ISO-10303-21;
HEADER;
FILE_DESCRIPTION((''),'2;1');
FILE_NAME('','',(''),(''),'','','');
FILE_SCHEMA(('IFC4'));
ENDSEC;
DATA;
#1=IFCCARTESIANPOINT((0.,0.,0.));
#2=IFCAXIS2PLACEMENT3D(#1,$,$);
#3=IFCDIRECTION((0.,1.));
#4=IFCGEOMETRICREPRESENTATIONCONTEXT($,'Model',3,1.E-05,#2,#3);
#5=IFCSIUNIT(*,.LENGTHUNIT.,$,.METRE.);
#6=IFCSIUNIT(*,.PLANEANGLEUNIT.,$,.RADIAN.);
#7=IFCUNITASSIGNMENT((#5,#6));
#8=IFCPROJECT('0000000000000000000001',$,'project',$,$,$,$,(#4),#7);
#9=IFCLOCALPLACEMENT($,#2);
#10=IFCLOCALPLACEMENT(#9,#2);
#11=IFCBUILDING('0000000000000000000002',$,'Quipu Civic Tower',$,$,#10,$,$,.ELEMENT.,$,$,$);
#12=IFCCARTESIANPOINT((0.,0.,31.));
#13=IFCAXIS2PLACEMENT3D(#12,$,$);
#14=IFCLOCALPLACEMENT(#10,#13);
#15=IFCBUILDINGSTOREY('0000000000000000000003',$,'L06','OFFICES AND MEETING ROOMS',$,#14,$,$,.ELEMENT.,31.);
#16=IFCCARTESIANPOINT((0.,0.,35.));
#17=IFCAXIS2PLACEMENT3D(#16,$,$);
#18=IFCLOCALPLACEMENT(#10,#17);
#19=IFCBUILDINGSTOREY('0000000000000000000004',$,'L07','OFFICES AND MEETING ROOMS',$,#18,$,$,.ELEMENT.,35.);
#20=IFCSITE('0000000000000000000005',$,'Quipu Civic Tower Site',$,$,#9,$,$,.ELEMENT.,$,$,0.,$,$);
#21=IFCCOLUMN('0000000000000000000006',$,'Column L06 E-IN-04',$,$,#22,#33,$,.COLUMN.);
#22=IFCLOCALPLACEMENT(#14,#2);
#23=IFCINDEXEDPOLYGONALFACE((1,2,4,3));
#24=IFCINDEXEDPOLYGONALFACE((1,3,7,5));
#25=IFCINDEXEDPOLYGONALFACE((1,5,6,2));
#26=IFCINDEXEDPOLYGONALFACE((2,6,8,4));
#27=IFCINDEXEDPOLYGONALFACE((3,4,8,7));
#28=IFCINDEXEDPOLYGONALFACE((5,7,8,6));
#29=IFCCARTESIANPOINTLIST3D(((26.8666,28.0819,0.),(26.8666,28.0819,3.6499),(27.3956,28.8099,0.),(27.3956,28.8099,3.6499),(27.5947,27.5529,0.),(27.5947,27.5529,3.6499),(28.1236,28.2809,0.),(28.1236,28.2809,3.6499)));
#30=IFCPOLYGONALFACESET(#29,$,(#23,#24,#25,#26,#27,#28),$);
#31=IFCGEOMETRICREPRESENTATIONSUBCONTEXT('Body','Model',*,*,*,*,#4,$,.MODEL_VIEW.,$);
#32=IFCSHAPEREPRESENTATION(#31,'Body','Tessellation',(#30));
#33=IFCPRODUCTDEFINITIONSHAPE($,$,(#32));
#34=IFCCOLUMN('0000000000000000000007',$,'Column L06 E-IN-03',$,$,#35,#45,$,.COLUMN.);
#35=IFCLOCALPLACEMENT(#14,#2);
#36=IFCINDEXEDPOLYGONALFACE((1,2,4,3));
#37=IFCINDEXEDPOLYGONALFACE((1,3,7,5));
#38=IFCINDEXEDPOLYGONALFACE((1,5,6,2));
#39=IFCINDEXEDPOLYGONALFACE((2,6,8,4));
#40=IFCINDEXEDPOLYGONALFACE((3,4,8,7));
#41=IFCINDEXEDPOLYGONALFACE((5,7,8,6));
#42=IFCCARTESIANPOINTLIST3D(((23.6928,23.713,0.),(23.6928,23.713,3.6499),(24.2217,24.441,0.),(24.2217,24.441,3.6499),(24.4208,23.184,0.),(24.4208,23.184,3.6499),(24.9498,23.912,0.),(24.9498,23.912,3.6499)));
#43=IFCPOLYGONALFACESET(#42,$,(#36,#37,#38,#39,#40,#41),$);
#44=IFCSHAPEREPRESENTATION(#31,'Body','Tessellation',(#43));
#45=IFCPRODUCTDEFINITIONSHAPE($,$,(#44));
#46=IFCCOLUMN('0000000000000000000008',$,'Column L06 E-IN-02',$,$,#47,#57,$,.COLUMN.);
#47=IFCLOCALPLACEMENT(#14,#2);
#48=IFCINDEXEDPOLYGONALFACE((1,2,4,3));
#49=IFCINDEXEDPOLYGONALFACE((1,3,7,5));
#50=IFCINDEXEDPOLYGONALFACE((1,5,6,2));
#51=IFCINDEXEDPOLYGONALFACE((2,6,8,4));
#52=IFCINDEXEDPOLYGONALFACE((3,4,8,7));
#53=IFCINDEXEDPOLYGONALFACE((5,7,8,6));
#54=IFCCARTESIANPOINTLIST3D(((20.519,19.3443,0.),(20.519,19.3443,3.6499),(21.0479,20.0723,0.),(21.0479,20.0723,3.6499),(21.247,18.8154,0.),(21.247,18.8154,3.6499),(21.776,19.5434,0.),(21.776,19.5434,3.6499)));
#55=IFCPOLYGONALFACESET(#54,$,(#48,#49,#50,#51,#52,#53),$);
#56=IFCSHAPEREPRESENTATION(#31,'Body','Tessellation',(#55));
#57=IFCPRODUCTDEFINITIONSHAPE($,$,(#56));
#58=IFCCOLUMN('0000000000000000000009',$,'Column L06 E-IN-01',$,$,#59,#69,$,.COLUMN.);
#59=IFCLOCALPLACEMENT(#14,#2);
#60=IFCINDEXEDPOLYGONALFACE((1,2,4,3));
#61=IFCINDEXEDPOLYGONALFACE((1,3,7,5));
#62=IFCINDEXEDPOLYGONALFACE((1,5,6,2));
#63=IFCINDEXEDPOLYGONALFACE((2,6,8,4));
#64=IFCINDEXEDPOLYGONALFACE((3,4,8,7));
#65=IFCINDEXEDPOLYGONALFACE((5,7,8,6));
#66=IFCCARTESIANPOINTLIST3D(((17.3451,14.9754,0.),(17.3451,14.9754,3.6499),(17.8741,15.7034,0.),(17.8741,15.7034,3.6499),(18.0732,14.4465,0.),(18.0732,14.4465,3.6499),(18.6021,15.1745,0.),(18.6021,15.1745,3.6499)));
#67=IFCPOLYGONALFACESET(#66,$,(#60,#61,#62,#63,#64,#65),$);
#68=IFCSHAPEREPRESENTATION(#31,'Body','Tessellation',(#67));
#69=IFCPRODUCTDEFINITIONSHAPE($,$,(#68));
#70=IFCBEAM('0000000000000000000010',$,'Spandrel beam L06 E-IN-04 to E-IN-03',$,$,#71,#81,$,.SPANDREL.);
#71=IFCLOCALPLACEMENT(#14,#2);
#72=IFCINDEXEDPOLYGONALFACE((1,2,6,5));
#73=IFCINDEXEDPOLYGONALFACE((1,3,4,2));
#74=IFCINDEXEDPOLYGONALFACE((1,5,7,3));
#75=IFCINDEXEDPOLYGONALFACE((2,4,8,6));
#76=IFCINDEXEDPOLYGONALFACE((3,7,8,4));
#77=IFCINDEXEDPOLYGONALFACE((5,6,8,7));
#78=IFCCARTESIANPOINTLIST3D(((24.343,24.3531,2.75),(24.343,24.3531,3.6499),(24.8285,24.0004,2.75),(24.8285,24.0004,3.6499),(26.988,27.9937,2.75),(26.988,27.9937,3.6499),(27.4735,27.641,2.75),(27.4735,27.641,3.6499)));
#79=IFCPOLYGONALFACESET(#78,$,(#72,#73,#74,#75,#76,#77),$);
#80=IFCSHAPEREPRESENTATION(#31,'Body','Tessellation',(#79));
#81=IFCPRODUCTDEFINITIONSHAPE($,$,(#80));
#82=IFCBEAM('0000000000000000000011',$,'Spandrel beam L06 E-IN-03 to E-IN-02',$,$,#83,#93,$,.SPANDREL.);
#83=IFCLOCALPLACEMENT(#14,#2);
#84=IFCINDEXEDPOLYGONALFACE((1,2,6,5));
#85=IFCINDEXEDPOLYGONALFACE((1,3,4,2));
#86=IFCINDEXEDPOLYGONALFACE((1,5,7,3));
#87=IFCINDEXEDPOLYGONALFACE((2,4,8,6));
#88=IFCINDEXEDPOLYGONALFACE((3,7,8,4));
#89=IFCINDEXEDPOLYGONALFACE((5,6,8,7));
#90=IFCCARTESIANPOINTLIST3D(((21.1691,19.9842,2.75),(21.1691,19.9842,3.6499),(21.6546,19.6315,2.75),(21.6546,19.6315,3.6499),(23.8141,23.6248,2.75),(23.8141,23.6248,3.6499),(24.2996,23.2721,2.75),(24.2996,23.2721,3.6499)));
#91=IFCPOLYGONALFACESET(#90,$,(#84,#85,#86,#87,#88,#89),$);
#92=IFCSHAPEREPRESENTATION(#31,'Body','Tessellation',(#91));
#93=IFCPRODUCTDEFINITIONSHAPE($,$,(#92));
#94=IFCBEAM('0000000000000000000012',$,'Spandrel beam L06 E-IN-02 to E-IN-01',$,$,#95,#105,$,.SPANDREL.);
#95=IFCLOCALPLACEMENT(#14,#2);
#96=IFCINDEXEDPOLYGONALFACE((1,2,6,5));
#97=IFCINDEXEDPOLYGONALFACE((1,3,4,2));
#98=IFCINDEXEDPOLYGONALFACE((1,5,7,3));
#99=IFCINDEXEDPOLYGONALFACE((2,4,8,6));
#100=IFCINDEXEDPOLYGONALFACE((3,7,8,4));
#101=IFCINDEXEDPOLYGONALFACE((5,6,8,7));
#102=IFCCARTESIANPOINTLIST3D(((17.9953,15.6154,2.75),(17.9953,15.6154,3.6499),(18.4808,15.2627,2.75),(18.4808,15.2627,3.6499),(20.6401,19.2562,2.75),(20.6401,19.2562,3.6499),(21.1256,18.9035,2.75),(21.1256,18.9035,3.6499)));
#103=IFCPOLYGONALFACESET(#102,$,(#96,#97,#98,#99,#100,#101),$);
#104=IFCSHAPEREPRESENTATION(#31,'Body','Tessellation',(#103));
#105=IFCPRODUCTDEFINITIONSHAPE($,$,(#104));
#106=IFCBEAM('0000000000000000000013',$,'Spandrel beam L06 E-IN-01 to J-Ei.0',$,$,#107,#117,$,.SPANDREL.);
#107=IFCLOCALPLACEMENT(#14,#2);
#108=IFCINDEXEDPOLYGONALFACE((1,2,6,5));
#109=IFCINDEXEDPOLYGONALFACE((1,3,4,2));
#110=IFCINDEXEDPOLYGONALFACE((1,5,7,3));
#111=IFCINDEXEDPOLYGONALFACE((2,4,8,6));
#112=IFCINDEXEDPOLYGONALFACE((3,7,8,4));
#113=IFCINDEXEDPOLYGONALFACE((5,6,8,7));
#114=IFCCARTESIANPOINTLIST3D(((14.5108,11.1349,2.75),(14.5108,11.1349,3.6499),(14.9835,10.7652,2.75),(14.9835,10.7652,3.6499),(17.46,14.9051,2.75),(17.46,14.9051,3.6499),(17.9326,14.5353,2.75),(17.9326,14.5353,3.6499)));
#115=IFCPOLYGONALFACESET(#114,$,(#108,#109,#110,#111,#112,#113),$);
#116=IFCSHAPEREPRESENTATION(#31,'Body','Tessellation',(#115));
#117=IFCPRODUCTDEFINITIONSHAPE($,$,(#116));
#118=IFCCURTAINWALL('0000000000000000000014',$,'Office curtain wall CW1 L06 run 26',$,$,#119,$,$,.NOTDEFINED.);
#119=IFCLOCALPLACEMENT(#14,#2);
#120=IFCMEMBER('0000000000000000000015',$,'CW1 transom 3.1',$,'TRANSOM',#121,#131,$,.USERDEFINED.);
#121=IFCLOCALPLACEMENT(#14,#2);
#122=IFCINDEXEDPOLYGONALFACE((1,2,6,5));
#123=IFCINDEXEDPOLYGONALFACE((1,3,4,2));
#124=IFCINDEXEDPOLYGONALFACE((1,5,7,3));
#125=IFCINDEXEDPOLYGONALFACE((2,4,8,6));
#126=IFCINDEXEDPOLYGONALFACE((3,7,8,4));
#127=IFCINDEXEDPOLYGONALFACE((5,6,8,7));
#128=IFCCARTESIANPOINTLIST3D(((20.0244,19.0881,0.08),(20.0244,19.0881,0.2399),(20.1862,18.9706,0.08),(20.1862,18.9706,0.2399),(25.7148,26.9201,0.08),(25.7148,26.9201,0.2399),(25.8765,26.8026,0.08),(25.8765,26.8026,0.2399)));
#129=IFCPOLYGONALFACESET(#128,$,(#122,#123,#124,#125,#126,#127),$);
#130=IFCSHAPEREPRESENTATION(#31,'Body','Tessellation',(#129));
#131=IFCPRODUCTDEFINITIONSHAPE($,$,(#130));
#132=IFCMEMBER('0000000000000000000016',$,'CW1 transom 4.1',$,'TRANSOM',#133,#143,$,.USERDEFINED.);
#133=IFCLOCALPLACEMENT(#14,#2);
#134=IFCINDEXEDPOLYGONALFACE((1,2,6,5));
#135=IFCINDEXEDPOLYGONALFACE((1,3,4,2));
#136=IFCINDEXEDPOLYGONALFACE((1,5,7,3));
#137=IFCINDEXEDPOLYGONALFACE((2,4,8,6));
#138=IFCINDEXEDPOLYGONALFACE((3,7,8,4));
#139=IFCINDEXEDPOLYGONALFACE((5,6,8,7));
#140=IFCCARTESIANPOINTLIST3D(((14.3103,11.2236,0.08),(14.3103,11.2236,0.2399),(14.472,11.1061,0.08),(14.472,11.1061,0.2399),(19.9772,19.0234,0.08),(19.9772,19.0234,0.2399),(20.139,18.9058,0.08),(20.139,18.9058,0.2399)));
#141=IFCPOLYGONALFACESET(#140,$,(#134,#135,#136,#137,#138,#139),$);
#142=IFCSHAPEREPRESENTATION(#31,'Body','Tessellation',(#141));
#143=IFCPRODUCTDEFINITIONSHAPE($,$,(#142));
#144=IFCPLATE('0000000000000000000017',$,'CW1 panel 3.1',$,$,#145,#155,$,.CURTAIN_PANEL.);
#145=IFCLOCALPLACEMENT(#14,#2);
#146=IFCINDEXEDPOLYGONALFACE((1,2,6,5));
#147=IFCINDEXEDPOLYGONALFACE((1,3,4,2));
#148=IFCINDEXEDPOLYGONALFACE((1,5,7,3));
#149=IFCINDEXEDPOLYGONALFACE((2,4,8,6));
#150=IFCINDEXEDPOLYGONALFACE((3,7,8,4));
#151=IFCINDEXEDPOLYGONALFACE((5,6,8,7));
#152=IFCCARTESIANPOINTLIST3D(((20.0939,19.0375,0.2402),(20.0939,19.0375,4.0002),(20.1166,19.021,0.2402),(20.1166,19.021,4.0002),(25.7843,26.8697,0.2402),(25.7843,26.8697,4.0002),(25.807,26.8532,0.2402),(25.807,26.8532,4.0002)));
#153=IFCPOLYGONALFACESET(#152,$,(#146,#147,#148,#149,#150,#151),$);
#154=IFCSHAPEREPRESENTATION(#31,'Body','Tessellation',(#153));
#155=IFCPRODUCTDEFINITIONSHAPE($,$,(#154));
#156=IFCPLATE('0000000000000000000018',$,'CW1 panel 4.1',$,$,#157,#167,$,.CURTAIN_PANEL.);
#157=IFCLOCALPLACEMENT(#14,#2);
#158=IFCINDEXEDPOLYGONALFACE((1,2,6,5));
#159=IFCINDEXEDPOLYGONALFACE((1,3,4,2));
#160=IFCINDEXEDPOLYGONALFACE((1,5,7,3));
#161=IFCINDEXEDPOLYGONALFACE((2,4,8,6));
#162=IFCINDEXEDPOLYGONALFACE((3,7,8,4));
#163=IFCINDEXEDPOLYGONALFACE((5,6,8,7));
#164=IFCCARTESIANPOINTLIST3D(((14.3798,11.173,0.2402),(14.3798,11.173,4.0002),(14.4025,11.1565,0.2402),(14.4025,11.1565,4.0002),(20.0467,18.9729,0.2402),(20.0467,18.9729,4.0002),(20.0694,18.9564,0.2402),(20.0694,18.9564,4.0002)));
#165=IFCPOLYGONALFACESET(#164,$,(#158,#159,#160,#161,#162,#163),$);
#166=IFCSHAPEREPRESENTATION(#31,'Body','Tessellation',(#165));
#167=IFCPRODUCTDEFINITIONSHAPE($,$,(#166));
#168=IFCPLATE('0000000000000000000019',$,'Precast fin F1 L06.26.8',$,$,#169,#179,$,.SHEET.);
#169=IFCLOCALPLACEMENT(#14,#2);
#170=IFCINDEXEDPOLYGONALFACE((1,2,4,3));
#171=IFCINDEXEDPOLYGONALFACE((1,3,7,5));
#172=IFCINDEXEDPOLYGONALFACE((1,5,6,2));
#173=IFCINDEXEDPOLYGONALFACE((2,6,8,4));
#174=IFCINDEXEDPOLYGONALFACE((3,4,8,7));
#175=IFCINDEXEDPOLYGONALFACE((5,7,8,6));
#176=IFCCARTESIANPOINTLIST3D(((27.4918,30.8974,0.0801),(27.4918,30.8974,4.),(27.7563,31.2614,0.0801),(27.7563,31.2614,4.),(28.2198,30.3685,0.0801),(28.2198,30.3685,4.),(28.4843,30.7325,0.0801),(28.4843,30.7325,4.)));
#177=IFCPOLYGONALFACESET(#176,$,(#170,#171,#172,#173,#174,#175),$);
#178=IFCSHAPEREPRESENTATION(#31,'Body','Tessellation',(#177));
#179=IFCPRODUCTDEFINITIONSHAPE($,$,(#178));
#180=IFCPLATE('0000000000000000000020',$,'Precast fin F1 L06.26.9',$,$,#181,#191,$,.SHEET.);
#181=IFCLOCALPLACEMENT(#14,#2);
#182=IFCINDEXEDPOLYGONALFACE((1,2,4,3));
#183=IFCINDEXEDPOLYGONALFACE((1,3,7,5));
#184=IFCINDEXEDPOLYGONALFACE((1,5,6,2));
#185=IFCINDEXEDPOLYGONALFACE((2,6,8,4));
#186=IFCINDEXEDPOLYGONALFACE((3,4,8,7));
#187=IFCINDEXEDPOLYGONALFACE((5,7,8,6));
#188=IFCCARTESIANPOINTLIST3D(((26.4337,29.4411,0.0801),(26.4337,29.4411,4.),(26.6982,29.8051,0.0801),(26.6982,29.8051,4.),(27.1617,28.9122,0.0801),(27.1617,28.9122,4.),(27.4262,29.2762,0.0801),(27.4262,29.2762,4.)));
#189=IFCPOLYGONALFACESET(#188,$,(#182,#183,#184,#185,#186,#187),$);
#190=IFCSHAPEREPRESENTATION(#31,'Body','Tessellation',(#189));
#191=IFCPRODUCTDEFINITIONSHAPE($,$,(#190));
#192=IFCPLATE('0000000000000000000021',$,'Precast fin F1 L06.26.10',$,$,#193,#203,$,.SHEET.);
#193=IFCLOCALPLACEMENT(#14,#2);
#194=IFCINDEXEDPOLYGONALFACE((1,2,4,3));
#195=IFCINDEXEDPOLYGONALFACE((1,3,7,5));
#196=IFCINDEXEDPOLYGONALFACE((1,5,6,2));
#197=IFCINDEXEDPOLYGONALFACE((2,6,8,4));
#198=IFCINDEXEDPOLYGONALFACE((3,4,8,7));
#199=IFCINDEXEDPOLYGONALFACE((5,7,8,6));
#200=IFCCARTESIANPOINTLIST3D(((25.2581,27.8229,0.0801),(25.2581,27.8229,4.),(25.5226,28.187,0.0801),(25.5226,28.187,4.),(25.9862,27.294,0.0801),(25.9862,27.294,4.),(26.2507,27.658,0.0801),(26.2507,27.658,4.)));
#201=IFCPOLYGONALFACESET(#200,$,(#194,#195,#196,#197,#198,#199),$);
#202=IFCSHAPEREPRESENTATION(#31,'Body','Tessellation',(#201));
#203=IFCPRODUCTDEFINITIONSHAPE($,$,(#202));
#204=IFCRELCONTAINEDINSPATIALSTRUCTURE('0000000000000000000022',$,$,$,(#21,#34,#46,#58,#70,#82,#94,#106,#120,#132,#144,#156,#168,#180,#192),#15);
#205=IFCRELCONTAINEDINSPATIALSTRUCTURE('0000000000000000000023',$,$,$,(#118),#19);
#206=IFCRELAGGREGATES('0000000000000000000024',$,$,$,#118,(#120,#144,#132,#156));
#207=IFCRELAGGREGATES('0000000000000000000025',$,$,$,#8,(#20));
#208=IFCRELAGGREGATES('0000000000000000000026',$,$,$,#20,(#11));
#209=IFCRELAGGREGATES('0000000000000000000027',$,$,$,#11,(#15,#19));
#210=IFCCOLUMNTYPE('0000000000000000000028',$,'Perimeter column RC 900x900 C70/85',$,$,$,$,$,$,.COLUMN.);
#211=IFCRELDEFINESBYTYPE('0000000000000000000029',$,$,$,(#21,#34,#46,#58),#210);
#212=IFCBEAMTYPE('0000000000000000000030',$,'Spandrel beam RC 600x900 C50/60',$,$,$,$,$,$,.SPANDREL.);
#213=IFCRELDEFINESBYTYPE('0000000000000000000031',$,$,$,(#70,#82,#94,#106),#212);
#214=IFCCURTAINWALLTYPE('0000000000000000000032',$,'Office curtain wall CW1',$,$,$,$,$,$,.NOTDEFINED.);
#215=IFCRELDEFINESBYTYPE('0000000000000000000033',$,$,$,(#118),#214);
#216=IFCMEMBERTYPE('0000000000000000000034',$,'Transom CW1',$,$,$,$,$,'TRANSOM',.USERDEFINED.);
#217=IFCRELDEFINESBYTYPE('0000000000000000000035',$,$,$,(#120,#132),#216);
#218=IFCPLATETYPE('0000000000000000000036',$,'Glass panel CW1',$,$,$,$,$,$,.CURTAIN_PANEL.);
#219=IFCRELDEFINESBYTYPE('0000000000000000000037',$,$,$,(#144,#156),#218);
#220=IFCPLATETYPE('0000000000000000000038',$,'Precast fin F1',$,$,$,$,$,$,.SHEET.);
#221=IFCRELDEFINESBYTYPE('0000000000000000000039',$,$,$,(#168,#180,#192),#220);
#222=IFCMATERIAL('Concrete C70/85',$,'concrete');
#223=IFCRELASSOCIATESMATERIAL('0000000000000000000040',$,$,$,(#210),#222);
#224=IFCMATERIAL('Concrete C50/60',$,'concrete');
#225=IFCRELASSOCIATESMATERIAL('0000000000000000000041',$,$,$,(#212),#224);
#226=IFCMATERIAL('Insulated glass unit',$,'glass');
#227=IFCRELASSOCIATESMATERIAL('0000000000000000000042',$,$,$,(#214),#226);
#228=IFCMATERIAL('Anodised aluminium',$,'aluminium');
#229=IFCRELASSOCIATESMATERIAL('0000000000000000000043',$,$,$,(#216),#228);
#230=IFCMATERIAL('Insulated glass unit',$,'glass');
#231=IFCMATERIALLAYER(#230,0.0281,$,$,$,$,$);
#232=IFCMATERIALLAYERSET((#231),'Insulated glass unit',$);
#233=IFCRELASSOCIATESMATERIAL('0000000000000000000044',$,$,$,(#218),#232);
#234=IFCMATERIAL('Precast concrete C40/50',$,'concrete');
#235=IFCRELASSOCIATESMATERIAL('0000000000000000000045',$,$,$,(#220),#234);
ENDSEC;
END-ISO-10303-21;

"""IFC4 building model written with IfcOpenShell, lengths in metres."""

from ifc_helpers import new_model, si_unit, direction, frame, origin, origin_2d, place, context, subcontext, project, spatial, rectangle, extrude, material, layer, layer_set, material_profile, profile_set, type_object, element, aggregate, save


model = new_model("IFC4")

# Units and contexts
model_context = context("Model", 3, precision=1e-05, world=origin(), true_north=direction((0.0, 1.0)))
body_context = subcontext(model_context, "Body", "Model", "MODEL_VIEW")
ifc_project = project(units=[si_unit("LENGTHUNIT", "METRE"), si_unit("PLANEANGLEUNIT", "RADIAN")], contexts=[model_context])

# Site, building, storey
site_placement = place(None, origin())
site = spatial("IfcSite", under=ifc_project, at=site_placement, Name="Quipu Civic Tower Site", CompositionType="ELEMENT", RefElevation=0.0)
building_placement = place(site_placement, origin())
building = spatial("IfcBuilding", under=site, at=building_placement, Name="Quipu Civic Tower", CompositionType="ELEMENT")
storey_1_placement = place(building_placement, frame((0.0, 0.0, 31.0)))
storey_1 = spatial("IfcBuildingStorey", under=building, at=storey_1_placement, Name="L06", Description="OFFICES AND MEETING ROOMS", CompositionType="ELEMENT", Elevation=31.0)

# Columns
ifc_material_1 = material(Name="Concrete C70/85", Category="concrete")
ifc_material_profile_1 = material_profile(ifc_material_1, rectangle(XDim=0.8999, YDim=0.8999, at=origin_2d()), Name="RC900x900")
ifc_profile_set_1 = profile_set([ifc_material_profile_1], Name="Concrete C70/85")
column_type = type_object("IfcColumnType", Name="Perimeter column RC 900x900 C70/85", PredefinedType="COLUMN", material=ifc_profile_set_1)
for number, where, z_axis, x_axis, name in (
    (1, (27.4951, 28.1814, 0.0), (0.0, 0.0, 1.0), (-0.587785, -0.809017, 0.0), "Column L06 E-IN-04"),
    (2, (24.3213, 23.8125, 0.0), (0.0, 0.0, 1.0), (-0.587785, -0.809017, 0.0), "Column L06 E-IN-03"),
    (3, (21.1475, 19.4438, 0.0), (0.0, 0.0, 1.0), (-0.587785, -0.809017, 0.0), "Column L06 E-IN-02"),
    (4, (17.9736, 15.075, 0.0), (0.0, 0.0, 1.0), (-0.587785, -0.809017, 0.0), "Column L06 E-IN-01"),
):
    element("IfcColumn", number, at=place(storey_1_placement, frame(where, z_axis=z_axis, x_axis=x_axis)), inside=storey_1, type_object=column_type, Name=name, PredefinedType="COLUMN", context=body_context, shape_type="SweptSolid", body=[
        extrude(rectangle(XDim=0.8999, YDim=0.8999, at=origin_2d()), origin(), (0.0, 0.0, 1.0), 3.6499),
    ])

# Beams
ifc_material_2 = material(Name="Concrete C50/60", Category="concrete")
ifc_material_profile_2 = material_profile(ifc_material_2, rectangle(XDim=0.6001, YDim=0.8999, at=origin_2d()), Name="RC600x900")
ifc_profile_set_2 = profile_set([ifc_material_profile_2], Name="Concrete C50/60")
beam_type = type_object("IfcBeamType", Name="Spandrel beam RC 600x900 C50/60", PredefinedType="SPANDREL", material=ifc_profile_set_2)
for number, where, z_axis, x_axis, name in (
    (5, (27.2307, 27.8174, 3.2), (-0.587778, -0.809022, 0.0), (0.809022, -0.587778, 0.0), "Spandrel beam L06 E-IN-04 to E-IN-03"),
    (6, (24.0569, 23.4485, 3.2), (-0.587778, -0.809022, 0.0), (0.809022, -0.587778, 0.0), "Spandrel beam L06 E-IN-03 to E-IN-02"),
    (7, (20.8828, 19.0798, 3.2), (-0.587717, -0.809067, 0.0), (0.809067, -0.587717, 0.0), "Spandrel beam L06 E-IN-02 to E-IN-01"),
):
    element("IfcBeam", number, at=place(storey_1_placement, frame(where, z_axis=z_axis, x_axis=x_axis)), inside=storey_1, type_object=beam_type, Name=name, PredefinedType="SPANDREL", context=body_context, shape_type="SweptSolid", body=[
        extrude(rectangle(XDim=0.6001, YDim=0.8999, at=origin_2d()), origin(), (0.0, 0.0, 1.0), 4.5),
    ])
beam_placement = place(storey_1_placement, frame((17.6963, 14.7202, 3.2), z_axis=(-0.616124, -0.787649, 0.0), x_axis=(0.787649, -0.616124, 0.0)))
element("IfcBeam", 8, at=beam_placement, inside=storey_1, type_object=beam_type, Name="Spandrel beam L06 E-IN-01 to J-Ei.0", PredefinedType="SPANDREL", context=body_context, shape_type="SweptSolid", body=[
    extrude(rectangle(XDim=0.6001, YDim=0.8999, at=origin_2d()), origin(), (0.0, 0.0, 1.0), 4.7866),
])

# Shared definitions
storey_2_placement = place(building_placement, frame((0.0, 0.0, 35.0)))
storey_2 = spatial("IfcBuildingStorey", under=building, at=storey_2_placement, Name="L07", Description="OFFICES AND MEETING ROOMS", CompositionType="ELEMENT", Elevation=35.0)

# Curtain wall, members, plates
ifc_material_3 = material(Name="Insulated glass unit", Category="glass")
curtain_wall_type = type_object("IfcCurtainWallType", Name="Office curtain wall CW1", PredefinedType="NOTDEFINED", material=ifc_material_3)
curtain_wall_placement = place(storey_2_placement, origin())
curtain_wall = element("IfcCurtainWall", 9, at=curtain_wall_placement, inside=storey_2, type_object=curtain_wall_type, Name="Office curtain wall CW1 L06 run 26", PredefinedType="NOTDEFINED")
ifc_material_4 = material(Name="Anodised aluminium", Category="aluminium")
ifc_material_profile_3 = material_profile(ifc_material_4, rectangle(XDim=0.2, YDim=0.1599, at=origin_2d()), Name="RECT 200x160")
ifc_profile_set_3 = profile_set([ifc_material_profile_3], Name="Anodised aluminium")
member_type = type_object("IfcMemberType", Name="Transom CW1", ElementType="TRANSOM", PredefinedType="USERDEFINED", material=ifc_profile_set_3)
member_1_placement = place(storey_1_placement, frame((25.7957, 26.8613, 0.1599), z_axis=(-0.587794, -0.809011, 0.0), x_axis=(0.809011, -0.587794, 0.0)))
member_1 = element("IfcMember", 10, at=member_1_placement, inside=storey_1, type_object=member_type, Name="CW1 transom 3.1", ObjectType="TRANSOM", PredefinedType="USERDEFINED", context=body_context, shape_type="SweptSolid", body=[
    extrude(rectangle(XDim=0.2, YDim=0.1599, at=origin_2d()), origin(), (0.0, 0.0, 1.0), 9.6809),
])
member_2_placement = place(storey_1_placement, frame((20.0581, 18.9646, 0.1599), z_axis=(-0.587792, -0.809012, 0.0), x_axis=(0.809012, -0.587792, 0.0)))
member_2 = element("IfcMember", 11, at=member_2_placement, inside=storey_1, type_object=member_type, Name="CW1 transom 4.1", ObjectType="TRANSOM", PredefinedType="USERDEFINED", context=body_context, shape_type="SweptSolid", body=[
    extrude(rectangle(XDim=0.2, YDim=0.1599, at=origin_2d()), origin(), (0.0, 0.0, 1.0), 9.6411),
])
ifc_material_5 = material(Name="Insulated glass unit", Category="glass")
ifc_layer_1 = layer(ifc_material_5, 0.0281)
ifc_layer_set_1 = layer_set([ifc_layer_1], Name="Insulated glass unit")
plate_type_1 = type_object("IfcPlateType", Name="Glass panel CW1", PredefinedType="CURTAIN_PANEL", material=ifc_layer_set_1)
plate_1_placement = place(storey_1_placement, frame((22.9504, 22.9453, 0.2402), z_axis=(0.0, 0.0, 1.0), x_axis=(-0.587786, -0.809017, 0.0)))
plate_1 = element("IfcPlate", 12, at=plate_1_placement, inside=storey_1, type_object=plate_type_1, Name="CW1 panel 3.1", PredefinedType="CURTAIN_PANEL", context=body_context, shape_type="SweptSolid", body=[
    extrude(rectangle(XDim=9.6812, YDim=0.0281, at=origin_2d()), origin(), (0.0, 0.0, 1.0), 3.76),
])
plate_2_placement = place(storey_1_placement, frame((17.2246, 15.0647, 0.2402), z_axis=(0.0, 0.0, 1.0), x_axis=(-0.587786, -0.809017, 0.0)))
plate_2 = element("IfcPlate", 13, at=plate_2_placement, inside=storey_1, type_object=plate_type_1, Name="CW1 panel 4.1", PredefinedType="CURTAIN_PANEL", context=body_context, shape_type="SweptSolid", body=[
    extrude(rectangle(XDim=9.6411, YDim=0.0281, at=origin_2d()), origin(), (0.0, 0.0, 1.0), 3.76),
])
aggregate(curtain_wall, [member_1, plate_1, member_2, plate_2])

# Plates
ifc_material_6 = material(Name="Precast concrete C40/50", Category="concrete")
plate_type_2 = type_object("IfcPlateType", Name="Precast fin F1", PredefinedType="SHEET", material=ifc_material_6)
for number, where, z_axis, x_axis, name in (
    (14, (27.988, 30.8149, 0.0801), (0.0, 0.0, 1.0), (-0.587785, -0.809017, 0.0), "Precast fin F1 L06.26.8"),
    (15, (26.9299, 29.3586, 0.0801), (0.0, 0.0, 1.0), (-0.587785, -0.809017, 0.0), "Precast fin F1 L06.26.9"),
    (16, (25.7544, 27.7405, 0.0801), (0.0, 0.0, 1.0), (-0.587785, -0.809017, 0.0), "Precast fin F1 L06.26.10"),
):
    element("IfcPlate", number, at=place(storey_1_placement, frame(where, z_axis=z_axis, x_axis=x_axis)), inside=storey_1, type_object=plate_type_2, Name=name, PredefinedType="SHEET", context=body_context, shape_type="SweptSolid", body=[
        extrude(rectangle(XDim=0.45, YDim=0.8999, at=origin_2d()), origin(), (0.0, 0.0, 1.0), 3.9199),
    ])

save(model, "model.ifc")
